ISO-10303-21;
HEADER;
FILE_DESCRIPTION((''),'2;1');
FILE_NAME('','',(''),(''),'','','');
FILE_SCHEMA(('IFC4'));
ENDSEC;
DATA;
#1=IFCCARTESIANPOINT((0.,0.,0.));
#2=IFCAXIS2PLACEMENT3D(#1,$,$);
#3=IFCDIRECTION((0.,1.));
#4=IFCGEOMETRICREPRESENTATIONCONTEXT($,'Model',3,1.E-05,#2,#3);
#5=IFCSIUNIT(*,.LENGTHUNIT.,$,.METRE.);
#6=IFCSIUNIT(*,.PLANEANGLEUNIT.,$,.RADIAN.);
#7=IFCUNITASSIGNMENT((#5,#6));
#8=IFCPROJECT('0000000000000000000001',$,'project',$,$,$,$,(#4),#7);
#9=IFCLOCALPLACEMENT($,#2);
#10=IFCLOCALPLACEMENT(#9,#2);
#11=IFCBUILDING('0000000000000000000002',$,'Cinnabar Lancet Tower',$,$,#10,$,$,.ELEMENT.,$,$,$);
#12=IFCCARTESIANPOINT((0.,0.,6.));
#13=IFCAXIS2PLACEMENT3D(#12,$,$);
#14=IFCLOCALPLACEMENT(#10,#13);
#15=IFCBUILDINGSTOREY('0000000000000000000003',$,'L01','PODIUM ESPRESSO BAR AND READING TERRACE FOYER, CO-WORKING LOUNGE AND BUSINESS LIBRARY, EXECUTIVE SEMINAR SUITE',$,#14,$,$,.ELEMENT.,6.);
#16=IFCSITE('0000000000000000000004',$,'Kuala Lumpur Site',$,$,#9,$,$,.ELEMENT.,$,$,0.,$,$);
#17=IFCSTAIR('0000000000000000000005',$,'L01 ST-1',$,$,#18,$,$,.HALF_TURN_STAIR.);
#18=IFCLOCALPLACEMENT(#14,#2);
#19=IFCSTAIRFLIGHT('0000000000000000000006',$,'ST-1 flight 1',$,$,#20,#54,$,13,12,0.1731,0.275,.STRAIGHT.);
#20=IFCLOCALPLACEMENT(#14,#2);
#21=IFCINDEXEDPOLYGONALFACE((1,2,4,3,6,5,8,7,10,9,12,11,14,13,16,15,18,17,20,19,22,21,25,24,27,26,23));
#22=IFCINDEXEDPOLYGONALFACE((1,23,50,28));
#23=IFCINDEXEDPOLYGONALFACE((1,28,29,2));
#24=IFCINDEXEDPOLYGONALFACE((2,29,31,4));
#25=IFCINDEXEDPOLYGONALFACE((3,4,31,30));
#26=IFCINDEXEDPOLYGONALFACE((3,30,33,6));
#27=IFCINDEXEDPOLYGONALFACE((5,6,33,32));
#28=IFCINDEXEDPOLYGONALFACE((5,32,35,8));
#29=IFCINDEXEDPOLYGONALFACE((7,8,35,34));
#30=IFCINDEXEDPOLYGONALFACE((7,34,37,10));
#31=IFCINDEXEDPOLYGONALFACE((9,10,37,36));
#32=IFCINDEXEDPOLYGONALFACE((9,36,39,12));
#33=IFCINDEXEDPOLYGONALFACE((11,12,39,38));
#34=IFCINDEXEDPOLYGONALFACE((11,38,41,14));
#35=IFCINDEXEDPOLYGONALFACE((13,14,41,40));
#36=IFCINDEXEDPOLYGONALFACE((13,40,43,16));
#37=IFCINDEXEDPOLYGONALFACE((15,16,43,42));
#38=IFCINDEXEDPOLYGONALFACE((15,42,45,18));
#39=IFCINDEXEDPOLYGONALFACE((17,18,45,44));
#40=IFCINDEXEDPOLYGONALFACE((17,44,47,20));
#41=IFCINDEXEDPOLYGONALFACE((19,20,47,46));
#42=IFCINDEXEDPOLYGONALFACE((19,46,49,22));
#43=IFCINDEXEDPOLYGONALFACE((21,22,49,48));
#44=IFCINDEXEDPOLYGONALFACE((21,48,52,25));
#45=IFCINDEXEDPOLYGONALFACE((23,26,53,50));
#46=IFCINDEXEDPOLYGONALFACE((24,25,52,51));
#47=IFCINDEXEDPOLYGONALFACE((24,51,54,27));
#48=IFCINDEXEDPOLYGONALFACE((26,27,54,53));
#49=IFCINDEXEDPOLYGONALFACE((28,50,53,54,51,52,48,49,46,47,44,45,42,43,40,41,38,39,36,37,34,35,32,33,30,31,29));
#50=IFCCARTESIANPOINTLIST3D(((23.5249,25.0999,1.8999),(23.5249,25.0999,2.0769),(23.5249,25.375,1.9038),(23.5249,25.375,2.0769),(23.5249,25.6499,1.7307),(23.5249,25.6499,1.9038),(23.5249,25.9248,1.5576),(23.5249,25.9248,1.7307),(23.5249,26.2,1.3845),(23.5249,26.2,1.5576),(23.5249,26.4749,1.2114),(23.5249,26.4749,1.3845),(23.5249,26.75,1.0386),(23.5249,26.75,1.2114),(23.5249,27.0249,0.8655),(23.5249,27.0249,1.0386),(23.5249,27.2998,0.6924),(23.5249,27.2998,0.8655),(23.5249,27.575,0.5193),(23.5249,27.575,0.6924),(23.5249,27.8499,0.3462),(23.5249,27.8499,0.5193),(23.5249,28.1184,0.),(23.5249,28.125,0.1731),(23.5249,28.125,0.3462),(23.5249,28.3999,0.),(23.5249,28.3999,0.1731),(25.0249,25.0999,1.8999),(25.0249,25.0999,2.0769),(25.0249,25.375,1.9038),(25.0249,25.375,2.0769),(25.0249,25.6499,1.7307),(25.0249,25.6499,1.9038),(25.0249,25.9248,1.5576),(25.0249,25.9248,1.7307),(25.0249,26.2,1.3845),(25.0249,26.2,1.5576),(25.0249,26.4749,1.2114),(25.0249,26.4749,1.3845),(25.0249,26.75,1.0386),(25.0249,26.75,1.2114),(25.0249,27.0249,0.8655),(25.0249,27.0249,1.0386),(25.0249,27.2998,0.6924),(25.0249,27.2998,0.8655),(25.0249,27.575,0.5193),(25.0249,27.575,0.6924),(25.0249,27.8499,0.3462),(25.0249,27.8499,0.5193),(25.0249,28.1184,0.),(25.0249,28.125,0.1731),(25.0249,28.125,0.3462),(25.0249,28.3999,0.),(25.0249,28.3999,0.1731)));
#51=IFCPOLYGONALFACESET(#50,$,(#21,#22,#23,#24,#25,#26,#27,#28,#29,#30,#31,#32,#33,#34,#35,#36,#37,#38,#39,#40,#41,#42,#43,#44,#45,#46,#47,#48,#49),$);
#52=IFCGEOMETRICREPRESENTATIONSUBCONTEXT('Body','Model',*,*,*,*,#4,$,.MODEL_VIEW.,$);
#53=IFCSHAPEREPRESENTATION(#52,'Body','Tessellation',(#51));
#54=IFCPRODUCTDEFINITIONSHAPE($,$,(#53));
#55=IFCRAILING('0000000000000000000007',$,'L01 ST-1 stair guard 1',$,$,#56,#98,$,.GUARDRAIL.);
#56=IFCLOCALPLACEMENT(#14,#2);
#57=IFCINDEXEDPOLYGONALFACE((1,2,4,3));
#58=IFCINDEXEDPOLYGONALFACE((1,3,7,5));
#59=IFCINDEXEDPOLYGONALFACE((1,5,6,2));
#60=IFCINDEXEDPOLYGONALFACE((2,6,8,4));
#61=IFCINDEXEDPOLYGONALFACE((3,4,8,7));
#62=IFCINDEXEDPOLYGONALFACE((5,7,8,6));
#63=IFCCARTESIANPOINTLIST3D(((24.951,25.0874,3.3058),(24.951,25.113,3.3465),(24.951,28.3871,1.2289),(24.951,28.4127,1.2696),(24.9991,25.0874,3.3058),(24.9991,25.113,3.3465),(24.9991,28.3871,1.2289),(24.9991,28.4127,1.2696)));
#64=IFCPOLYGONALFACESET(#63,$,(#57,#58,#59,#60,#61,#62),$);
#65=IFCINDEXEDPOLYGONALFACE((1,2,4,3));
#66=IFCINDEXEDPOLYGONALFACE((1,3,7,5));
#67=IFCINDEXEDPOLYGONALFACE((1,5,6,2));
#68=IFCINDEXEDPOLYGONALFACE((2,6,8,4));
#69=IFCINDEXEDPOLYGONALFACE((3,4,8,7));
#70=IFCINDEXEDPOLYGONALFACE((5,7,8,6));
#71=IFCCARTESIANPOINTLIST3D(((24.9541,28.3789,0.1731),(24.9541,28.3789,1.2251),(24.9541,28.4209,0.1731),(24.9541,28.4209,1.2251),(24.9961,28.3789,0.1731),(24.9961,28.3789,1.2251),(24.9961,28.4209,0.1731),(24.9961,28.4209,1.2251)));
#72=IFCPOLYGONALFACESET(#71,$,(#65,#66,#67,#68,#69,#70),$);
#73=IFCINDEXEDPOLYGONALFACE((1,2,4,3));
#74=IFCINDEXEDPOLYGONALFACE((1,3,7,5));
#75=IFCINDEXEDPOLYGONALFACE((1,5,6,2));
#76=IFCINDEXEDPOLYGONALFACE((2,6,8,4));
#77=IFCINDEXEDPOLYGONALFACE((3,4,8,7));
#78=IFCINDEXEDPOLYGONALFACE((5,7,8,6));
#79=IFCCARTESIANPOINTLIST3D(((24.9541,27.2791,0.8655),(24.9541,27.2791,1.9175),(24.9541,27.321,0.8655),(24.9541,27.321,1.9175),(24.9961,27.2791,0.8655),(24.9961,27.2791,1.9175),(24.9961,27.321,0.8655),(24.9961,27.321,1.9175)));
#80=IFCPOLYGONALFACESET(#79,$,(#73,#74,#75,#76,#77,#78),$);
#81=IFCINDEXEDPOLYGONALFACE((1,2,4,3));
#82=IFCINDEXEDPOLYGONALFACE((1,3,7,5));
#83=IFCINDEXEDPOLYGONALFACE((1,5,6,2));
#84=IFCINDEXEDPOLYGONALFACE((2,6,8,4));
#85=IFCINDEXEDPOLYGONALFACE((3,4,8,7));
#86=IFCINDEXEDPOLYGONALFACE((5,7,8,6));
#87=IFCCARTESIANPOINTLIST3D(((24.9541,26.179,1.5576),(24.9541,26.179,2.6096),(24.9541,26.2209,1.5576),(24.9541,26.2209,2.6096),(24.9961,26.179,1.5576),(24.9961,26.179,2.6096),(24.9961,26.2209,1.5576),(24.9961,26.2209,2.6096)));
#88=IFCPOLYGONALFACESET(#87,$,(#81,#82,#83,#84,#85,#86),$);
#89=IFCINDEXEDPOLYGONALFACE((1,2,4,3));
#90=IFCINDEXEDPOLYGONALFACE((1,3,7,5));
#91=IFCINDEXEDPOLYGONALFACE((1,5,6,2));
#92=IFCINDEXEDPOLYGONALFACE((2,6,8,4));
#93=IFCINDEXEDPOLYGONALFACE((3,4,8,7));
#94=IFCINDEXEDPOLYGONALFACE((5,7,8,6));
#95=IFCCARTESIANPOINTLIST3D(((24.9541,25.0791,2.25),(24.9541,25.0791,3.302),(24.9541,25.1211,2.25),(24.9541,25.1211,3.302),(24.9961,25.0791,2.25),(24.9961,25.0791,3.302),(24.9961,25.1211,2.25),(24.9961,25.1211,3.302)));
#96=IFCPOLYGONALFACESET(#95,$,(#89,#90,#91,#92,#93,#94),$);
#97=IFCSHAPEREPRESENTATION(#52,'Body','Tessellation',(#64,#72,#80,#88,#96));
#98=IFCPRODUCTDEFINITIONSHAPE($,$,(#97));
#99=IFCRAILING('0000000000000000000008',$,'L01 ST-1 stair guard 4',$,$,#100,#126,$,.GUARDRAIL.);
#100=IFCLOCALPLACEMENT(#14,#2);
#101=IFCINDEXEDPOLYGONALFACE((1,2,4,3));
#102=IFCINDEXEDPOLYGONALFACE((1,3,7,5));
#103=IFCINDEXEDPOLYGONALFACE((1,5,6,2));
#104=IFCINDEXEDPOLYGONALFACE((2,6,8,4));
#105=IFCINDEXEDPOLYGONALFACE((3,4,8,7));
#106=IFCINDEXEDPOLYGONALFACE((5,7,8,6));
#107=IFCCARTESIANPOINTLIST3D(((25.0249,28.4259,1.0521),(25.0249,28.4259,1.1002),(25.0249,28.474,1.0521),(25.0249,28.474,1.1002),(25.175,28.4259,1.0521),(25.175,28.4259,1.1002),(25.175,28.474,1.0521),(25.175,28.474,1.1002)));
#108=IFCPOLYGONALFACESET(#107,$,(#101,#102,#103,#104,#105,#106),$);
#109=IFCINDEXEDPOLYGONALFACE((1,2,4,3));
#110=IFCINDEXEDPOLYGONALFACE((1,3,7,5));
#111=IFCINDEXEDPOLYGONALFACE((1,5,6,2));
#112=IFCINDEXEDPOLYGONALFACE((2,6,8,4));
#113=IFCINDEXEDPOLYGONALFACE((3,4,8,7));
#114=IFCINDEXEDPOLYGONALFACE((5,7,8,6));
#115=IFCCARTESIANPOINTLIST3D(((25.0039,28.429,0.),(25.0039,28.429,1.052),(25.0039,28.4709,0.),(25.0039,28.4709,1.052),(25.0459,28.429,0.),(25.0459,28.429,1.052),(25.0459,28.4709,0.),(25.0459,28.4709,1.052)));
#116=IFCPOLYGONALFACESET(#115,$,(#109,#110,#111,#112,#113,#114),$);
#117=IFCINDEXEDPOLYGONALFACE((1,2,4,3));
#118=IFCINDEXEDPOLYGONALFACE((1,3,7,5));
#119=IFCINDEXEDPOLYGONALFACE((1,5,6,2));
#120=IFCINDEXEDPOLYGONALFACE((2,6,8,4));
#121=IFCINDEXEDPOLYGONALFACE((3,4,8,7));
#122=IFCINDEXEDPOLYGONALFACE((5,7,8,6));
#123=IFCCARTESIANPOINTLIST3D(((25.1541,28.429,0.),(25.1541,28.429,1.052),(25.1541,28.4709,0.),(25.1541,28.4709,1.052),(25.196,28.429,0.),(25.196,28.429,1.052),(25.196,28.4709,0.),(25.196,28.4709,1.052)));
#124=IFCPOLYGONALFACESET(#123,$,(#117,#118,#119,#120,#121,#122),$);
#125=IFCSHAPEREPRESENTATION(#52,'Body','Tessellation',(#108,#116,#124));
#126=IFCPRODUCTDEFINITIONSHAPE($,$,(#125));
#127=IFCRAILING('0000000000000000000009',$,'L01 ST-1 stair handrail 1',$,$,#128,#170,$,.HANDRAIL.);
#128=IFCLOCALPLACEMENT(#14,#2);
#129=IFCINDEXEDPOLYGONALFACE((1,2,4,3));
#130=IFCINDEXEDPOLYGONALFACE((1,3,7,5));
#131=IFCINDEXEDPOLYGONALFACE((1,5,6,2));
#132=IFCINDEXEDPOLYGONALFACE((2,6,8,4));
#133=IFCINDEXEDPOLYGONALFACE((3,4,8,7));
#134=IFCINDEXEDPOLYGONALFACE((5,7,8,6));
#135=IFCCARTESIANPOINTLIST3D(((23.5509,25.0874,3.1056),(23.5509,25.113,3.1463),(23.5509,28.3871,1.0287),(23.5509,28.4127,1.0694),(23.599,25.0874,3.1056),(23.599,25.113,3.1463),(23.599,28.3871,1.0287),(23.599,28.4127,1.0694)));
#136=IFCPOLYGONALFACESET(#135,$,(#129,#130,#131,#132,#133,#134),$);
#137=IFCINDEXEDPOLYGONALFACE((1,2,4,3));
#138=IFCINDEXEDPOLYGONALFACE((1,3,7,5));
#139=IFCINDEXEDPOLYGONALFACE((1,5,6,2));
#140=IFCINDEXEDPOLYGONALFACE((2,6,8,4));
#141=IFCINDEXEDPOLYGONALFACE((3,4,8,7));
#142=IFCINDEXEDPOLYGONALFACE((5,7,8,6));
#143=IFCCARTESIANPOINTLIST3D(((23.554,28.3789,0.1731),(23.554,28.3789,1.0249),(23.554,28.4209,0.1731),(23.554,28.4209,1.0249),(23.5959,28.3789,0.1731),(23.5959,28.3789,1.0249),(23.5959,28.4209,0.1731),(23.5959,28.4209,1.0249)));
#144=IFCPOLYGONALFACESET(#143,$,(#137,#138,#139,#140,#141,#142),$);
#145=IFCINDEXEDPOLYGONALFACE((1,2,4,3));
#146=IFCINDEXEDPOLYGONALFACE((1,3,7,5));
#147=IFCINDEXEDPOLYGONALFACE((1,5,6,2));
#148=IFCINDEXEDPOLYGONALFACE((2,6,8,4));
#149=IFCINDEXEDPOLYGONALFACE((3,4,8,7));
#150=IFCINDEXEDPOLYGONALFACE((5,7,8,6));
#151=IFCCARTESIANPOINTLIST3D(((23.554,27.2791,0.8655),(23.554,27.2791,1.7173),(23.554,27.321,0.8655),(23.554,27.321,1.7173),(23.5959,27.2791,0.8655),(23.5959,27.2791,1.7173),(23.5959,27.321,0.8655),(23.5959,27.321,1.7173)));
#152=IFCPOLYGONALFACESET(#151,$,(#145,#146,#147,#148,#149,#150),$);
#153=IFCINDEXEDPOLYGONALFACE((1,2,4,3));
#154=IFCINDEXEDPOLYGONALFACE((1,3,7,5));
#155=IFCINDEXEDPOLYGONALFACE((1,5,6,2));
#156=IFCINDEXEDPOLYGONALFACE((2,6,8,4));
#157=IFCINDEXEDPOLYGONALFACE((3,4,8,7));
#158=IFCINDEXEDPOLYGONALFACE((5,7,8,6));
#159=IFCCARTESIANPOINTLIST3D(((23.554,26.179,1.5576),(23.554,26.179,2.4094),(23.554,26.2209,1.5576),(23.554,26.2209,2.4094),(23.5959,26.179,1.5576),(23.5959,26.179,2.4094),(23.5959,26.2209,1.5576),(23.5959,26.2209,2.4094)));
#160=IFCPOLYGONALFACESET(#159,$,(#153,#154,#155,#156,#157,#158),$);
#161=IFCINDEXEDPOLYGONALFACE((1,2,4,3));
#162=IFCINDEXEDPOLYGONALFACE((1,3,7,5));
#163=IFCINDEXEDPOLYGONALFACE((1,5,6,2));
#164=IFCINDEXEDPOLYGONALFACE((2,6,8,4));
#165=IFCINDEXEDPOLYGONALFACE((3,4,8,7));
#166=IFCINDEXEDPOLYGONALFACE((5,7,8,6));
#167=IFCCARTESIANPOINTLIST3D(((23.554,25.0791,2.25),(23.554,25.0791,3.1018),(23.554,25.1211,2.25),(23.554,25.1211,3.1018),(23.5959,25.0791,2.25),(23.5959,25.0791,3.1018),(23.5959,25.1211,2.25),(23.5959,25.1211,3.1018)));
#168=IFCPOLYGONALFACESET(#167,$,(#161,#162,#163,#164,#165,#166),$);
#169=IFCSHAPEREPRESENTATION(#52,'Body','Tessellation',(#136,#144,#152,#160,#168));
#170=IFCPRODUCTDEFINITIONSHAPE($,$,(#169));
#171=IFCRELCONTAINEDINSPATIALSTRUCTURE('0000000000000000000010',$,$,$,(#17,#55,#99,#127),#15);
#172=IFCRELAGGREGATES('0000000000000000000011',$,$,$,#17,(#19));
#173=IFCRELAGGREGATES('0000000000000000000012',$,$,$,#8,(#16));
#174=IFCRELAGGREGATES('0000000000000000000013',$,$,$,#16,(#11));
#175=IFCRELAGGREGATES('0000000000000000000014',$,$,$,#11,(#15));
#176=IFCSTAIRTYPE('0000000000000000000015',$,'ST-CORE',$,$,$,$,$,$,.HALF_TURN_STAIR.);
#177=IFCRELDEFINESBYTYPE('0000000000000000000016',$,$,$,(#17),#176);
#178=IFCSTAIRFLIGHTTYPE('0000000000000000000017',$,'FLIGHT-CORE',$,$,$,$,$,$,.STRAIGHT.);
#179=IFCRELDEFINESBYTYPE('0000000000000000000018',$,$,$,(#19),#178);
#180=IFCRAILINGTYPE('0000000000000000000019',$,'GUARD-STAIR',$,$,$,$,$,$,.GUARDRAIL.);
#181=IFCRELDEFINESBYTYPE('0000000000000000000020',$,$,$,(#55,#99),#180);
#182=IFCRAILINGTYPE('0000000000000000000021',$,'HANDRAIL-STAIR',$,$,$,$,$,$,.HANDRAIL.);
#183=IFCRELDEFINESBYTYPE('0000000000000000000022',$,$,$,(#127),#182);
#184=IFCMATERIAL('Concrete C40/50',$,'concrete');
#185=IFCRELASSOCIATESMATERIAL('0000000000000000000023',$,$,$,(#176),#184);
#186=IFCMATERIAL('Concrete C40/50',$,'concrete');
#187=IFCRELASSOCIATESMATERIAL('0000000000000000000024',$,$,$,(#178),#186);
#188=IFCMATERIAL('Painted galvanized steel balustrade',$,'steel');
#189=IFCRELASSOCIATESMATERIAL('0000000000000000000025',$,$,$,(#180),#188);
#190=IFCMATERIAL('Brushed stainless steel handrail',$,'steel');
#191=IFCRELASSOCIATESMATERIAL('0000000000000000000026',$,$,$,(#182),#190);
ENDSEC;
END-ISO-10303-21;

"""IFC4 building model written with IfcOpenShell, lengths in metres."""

from ifc_helpers import new_model, si_unit, direction, frame, origin, origin_2d, place, context, subcontext, project, spatial, polyline, rectangle, outline, extrude, material, type_object, element, aggregate, save


model = new_model("IFC4")

# Units and contexts
model_context = context("Model", 3, precision=1e-05, world=origin(), true_north=direction((0.0, 1.0)))
body_context = subcontext(model_context, "Body", "Model", "MODEL_VIEW")
ifc_project = project(units=[si_unit("LENGTHUNIT", "METRE"), si_unit("PLANEANGLEUNIT", "RADIAN")], contexts=[model_context])

# Site, building, storey
site_placement = place(None, origin())
site = spatial("IfcSite", under=ifc_project, at=site_placement, Name="Kuala Lumpur Site", CompositionType="ELEMENT", RefElevation=0.0)
building_placement = place(site_placement, origin())
building = spatial("IfcBuilding", under=site, at=building_placement, Name="Cinnabar Lancet Tower", CompositionType="ELEMENT")
storey_placement = place(building_placement, frame((0.0, 0.0, 6.0)))
storey = spatial("IfcBuildingStorey", under=building, at=storey_placement, Name="L01", Description="PODIUM ESPRESSO BAR AND READING TERRACE FOYER, CO-WORKING LOUNGE AND BUSINESS LIBRARY, EXECUTIVE SEMINAR SUITE", CompositionType="ELEMENT", Elevation=6.0)

# Stair, stair flight
ifc_material_1 = material(Name="Concrete C40/50", Category="concrete")
stair_type = type_object("IfcStairType", Name="ST-CORE", PredefinedType="HALF_TURN_STAIR", material=ifc_material_1)
stair_placement = place(storey_placement, origin())
stair = element("IfcStair", 1, at=stair_placement, inside=storey, type_object=stair_type, Name="L01 ST-1", PredefinedType="HALF_TURN_STAIR")
ifc_material_2 = material(Name="Concrete C40/50", Category="concrete")
stair_flight_type = type_object("IfcStairFlightType", Name="FLIGHT-CORE", PredefinedType="STRAIGHT", material=ifc_material_2)
stair_flight_placement = place(storey_placement, frame((24.2749, 28.3999, 0.0), z_axis=(0.0, 0.0, 1.0), x_axis=(0.0, -1.0, 0.0)))
stair_flight = element("IfcStairFlight", 2, at=stair_flight_placement, type_object=stair_flight_type, Name="ST-1 flight 1", NumberOfRisers=13, NumberOfTreads=12, PredefinedType="STRAIGHT", RiserHeight=0.1731, TreadLength=0.275, context=body_context, shape_type="SweptSolid", body=[
    extrude(outline(polyline([(0.0, 0.0), (0.0, 0.1731), (0.2749, 0.1731), (0.2749, 0.3462), (0.55, 0.3462), (0.55, 0.5193), (0.825, 0.5193), (0.825, 0.6924), (1.1001, 0.6924), (1.1001, 0.8655), (1.375, 0.8655), (1.375, 1.0386), (1.6499, 1.0386), (1.6499, 1.2114), (1.925, 1.2114), (1.925, 1.3845), (2.2, 1.3845), (2.2, 1.5576), (2.4751, 1.5576), (2.4751, 1.7307), (2.75, 1.7307), (2.75, 1.9038), (3.0249, 1.9038), (3.0249, 2.0769), (3.3, 2.0769), (3.3, 2.25), (3.3, 1.8999), (0.2815, 0.0), (0.0, 0.0)])), frame((0.0, 0.75, 0.0), z_axis=(0.0, -1.0, 0.0), x_axis=(1.0, 0.0, 0.0)), (0.0, 0.0, 1.0), 1.5),
])
aggregate(stair, [stair_flight])

# Railings
ifc_material_3 = material(Name="Painted galvanized steel balustrade", Category="steel")
railing_type_1 = type_object("IfcRailingType", Name="GUARD-STAIR", PredefinedType="GUARDRAIL", material=ifc_material_3)
railing_1_placement = place(storey_placement, frame((24.9751, 28.3999, 0.1731)))
element("IfcRailing", 3, at=railing_1_placement, inside=storey, type_object=railing_type_1, Name="L01 ST-1 stair guard 1", PredefinedType="GUARDRAIL", context=body_context, shape_type="SweptSolid", body=[
    extrude(rectangle(XDim=0.0481, YDim=0.0481, at=origin_2d()), frame((0.0, 0.0, 1.0762), z_axis=(0.0, -0.84632, 0.532675), x_axis=(1.0, 0.0, 0.0)), (0.0, 0.0, 1.0), 3.8989),
    extrude(rectangle(XDim=0.042, YDim=0.042, at=origin_2d()), origin(), (0.0, 0.0, 1.0), 1.052),
    extrude(rectangle(XDim=0.042, YDim=0.042, at=origin_2d()), frame((0.0, -1.0999, 0.6924)), (0.0, 0.0, 1.0), 1.052),
    extrude(rectangle(XDim=0.042, YDim=0.042, at=origin_2d()), frame((0.0, -2.2, 1.3845)), (0.0, 0.0, 1.0), 1.052),
    extrude(rectangle(XDim=0.042, YDim=0.042, at=origin_2d()), frame((0.0, -3.2998, 2.0769)), (0.0, 0.0, 1.0), 1.052),
])
railing_2_placement = place(storey_placement, frame((25.0249, 28.45, 0.0)))
element("IfcRailing", 4, at=railing_2_placement, inside=storey, type_object=railing_type_1, Name="L01 ST-1 stair guard 4", PredefinedType="GUARDRAIL", context=body_context, shape_type="SweptSolid", body=[
    extrude(rectangle(XDim=0.0481, YDim=0.0481, at=origin_2d()), frame((0.0, 0.0, 1.0762), z_axis=(1.0, 0.0, 0.0), x_axis=(0.0, 1.0, 0.0)), (0.0, 0.0, 1.0), 0.1501),
    extrude(rectangle(XDim=0.042, YDim=0.042, at=origin_2d()), origin(), (0.0, 0.0, 1.0), 1.052),
    extrude(rectangle(XDim=0.042, YDim=0.042, at=origin_2d()), frame((0.1501, 0.0, 0.0)), (0.0, 0.0, 1.0), 1.052),
])
ifc_material_4 = material(Name="Brushed stainless steel handrail", Category="steel")
railing_type_2 = type_object("IfcRailingType", Name="HANDRAIL-STAIR", PredefinedType="HANDRAIL", material=ifc_material_4)
railing_3_placement = place(storey_placement, frame((23.575, 28.3999, 0.1731)))
element("IfcRailing", 5, at=railing_3_placement, inside=storey, type_object=railing_type_2, Name="L01 ST-1 stair handrail 1", PredefinedType="HANDRAIL", context=body_context, shape_type="SweptSolid", body=[
    extrude(rectangle(XDim=0.0481, YDim=0.0481, at=origin_2d()), frame((0.0, 0.0, 0.876), z_axis=(0.0, -0.84632, 0.532675), x_axis=(1.0, 0.0, 0.0)), (0.0, 0.0, 1.0), 3.8989),
    extrude(rectangle(XDim=0.042, YDim=0.042, at=origin_2d()), origin(), (0.0, 0.0, 1.0), 0.8518),
    extrude(rectangle(XDim=0.042, YDim=0.042, at=origin_2d()), frame((0.0, -1.0999, 0.6924)), (0.0, 0.0, 1.0), 0.8518),
    extrude(rectangle(XDim=0.042, YDim=0.042, at=origin_2d()), frame((0.0, -2.2, 1.3845)), (0.0, 0.0, 1.0), 0.8518),
    extrude(rectangle(XDim=0.042, YDim=0.042, at=origin_2d()), frame((0.0, -3.2998, 2.0769)), (0.0, 0.0, 1.0), 0.8518),
])

save(model, "model.ifc")
